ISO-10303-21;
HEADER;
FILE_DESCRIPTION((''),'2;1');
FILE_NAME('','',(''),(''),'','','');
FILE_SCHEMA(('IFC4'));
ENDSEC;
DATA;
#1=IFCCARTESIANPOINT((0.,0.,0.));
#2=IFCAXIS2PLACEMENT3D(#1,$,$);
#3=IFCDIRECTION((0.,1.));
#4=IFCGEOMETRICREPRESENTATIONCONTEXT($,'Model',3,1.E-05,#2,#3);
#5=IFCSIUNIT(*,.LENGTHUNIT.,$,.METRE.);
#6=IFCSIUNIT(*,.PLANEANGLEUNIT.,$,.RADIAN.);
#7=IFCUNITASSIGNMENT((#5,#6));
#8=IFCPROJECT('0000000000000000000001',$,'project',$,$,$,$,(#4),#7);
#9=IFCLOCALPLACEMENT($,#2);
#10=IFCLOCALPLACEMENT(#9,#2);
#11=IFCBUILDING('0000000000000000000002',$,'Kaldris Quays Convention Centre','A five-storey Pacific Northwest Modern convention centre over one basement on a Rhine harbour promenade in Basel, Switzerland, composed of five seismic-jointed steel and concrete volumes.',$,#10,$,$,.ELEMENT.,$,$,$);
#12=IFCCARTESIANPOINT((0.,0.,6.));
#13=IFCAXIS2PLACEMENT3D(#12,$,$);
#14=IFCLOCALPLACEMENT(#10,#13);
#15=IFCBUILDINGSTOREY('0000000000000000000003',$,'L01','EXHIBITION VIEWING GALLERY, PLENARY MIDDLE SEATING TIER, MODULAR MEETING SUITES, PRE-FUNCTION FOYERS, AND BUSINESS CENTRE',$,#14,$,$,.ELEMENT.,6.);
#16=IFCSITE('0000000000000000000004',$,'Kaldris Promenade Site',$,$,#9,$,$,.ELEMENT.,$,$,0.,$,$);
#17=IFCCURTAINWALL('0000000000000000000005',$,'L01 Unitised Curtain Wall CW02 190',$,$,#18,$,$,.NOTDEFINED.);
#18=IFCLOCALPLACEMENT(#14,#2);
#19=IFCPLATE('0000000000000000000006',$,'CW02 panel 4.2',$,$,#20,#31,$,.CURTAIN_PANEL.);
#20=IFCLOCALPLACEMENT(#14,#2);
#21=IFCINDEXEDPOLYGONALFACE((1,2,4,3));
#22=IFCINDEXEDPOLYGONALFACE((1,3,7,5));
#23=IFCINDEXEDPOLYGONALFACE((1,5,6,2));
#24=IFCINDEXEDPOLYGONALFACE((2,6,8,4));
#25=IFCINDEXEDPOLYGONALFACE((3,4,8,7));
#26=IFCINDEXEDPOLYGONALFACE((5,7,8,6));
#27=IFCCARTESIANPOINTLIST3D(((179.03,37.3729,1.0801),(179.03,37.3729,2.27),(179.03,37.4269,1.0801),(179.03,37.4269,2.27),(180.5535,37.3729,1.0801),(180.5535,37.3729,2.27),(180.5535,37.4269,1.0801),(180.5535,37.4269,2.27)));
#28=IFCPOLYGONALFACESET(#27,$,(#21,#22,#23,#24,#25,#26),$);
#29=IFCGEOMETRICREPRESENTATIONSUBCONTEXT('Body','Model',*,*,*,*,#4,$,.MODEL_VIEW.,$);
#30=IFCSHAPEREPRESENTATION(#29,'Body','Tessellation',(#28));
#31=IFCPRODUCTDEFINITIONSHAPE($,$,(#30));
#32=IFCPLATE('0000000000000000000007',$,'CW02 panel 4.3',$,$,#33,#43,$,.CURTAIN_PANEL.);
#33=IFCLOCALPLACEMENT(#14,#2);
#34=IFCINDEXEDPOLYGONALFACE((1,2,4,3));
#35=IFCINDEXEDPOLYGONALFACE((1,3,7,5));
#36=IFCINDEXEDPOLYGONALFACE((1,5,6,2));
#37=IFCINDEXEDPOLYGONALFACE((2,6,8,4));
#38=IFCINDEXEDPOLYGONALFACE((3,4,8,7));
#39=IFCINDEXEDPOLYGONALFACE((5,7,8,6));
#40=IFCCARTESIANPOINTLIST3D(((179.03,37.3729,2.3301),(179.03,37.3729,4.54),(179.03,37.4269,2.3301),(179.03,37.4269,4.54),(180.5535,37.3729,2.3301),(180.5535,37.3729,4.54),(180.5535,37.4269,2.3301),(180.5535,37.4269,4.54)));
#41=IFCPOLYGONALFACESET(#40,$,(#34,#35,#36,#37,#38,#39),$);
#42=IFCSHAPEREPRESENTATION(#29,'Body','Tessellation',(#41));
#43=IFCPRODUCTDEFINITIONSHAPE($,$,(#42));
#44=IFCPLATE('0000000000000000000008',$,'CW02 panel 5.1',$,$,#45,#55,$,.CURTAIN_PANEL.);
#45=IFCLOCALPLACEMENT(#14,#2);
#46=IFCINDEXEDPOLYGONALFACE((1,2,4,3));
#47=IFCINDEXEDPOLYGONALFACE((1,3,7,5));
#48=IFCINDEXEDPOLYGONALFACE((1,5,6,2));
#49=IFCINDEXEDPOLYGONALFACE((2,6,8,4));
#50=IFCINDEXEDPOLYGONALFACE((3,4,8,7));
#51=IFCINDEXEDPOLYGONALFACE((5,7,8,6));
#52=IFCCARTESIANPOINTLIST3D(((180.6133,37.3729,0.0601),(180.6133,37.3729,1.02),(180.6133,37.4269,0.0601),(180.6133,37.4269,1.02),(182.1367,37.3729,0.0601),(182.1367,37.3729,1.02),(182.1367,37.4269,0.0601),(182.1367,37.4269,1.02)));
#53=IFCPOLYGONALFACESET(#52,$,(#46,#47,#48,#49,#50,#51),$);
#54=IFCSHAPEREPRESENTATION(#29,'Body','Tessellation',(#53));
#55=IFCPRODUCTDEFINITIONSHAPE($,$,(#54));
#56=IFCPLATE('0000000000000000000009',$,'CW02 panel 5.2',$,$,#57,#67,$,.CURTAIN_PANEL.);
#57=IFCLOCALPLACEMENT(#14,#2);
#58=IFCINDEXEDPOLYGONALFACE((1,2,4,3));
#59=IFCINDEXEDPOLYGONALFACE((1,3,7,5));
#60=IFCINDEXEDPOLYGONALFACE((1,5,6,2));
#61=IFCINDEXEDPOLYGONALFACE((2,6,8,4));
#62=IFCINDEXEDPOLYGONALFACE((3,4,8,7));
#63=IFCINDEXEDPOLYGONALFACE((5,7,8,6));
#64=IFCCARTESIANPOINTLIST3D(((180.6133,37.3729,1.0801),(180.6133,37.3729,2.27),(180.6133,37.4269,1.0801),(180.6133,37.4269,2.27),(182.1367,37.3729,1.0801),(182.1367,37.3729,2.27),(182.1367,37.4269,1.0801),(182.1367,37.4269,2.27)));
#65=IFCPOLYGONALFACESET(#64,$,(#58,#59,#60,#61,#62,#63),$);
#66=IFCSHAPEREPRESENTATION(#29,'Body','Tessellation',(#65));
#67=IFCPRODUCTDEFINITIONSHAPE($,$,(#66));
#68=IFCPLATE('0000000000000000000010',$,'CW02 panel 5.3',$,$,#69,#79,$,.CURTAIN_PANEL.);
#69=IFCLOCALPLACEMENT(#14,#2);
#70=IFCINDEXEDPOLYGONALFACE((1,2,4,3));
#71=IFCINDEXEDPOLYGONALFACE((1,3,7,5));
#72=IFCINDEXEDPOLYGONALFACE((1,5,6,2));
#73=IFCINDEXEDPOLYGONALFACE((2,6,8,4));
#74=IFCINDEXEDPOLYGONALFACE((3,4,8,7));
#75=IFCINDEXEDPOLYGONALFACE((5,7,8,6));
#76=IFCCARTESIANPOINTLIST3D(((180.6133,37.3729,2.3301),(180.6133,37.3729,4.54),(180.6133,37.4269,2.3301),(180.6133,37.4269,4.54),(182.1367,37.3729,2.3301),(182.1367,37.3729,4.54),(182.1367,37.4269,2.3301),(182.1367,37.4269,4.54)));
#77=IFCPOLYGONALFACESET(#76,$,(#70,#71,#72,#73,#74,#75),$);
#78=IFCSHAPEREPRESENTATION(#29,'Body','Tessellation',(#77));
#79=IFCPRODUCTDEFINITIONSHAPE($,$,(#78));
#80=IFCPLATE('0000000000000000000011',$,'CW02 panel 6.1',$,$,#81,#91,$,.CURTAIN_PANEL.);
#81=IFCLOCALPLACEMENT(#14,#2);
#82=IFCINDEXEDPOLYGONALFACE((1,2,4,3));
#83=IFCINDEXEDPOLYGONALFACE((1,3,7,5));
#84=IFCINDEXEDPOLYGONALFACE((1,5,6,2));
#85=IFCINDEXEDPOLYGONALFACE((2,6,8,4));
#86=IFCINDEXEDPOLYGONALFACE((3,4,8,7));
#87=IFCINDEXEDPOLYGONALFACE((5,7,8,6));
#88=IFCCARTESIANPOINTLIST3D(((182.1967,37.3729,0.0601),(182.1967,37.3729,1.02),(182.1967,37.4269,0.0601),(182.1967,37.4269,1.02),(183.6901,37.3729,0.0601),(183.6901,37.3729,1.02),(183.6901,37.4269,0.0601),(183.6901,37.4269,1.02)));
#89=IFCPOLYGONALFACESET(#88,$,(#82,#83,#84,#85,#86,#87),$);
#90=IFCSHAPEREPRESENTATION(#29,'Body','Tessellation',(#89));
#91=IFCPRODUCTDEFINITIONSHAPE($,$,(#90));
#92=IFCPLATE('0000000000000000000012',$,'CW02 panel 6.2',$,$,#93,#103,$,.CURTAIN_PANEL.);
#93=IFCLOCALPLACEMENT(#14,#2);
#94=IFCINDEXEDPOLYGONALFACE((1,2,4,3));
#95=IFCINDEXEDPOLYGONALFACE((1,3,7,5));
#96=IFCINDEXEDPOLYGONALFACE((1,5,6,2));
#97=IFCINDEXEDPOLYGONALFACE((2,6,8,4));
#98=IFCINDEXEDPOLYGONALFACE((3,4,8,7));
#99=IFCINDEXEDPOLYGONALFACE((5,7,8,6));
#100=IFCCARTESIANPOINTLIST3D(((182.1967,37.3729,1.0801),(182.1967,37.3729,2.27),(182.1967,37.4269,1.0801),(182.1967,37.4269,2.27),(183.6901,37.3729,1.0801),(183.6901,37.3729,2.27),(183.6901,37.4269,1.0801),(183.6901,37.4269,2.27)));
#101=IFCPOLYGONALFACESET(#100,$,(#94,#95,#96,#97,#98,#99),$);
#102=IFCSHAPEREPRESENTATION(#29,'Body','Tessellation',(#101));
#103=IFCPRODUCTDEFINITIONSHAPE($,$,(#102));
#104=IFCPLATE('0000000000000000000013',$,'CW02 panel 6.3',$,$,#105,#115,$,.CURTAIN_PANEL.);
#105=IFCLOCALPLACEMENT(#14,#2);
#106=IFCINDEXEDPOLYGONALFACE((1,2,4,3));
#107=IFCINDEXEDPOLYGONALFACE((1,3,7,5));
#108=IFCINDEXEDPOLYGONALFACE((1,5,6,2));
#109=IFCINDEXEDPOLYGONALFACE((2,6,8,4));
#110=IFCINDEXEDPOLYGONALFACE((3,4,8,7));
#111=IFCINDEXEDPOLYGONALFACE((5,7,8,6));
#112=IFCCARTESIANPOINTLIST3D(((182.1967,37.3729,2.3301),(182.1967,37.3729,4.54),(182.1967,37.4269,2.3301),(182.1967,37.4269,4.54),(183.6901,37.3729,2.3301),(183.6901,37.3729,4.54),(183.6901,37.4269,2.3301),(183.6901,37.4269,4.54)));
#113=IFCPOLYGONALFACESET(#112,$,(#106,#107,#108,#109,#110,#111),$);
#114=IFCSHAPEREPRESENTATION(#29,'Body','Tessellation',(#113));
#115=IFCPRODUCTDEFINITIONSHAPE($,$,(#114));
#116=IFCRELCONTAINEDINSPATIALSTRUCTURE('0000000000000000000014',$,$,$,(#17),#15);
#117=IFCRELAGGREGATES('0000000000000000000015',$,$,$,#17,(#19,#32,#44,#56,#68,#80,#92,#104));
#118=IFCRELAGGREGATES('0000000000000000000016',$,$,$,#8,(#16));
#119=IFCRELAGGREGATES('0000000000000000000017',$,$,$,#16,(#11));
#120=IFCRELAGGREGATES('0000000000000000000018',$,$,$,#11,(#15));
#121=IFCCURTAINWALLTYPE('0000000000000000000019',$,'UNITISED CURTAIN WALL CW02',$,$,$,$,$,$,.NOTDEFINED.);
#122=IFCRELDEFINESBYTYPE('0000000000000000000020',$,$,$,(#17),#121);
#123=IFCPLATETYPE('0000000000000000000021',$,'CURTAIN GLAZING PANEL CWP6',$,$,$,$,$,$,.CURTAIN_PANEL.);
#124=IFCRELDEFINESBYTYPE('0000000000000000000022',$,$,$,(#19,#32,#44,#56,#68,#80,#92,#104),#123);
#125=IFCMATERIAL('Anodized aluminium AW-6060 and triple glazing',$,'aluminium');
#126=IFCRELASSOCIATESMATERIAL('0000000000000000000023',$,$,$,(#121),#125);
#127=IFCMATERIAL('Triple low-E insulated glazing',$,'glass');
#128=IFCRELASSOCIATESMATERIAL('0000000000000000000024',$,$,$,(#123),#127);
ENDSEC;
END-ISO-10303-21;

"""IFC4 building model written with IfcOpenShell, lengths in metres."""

from ifc_helpers import new_model, si_unit, direction, frame, origin, origin_2d, place, context, subcontext, project, spatial, rectangle, extrude, material, type_object, element, aggregate, save


model = new_model("IFC4")

# Units and contexts
model_context = context("Model", 3, precision=1e-05, world=origin(), true_north=direction((0.0, 1.0)))
body_context = subcontext(model_context, "Body", "Model", "MODEL_VIEW")
ifc_project = project(units=[si_unit("LENGTHUNIT", "METRE"), si_unit("PLANEANGLEUNIT", "RADIAN")], contexts=[model_context])

# Site, building, storey
site_placement = place(None, origin())
site = spatial("IfcSite", under=ifc_project, at=site_placement, Name="Kaldris Promenade Site", CompositionType="ELEMENT", RefElevation=0.0)
building_placement = place(site_placement, origin())
building = spatial("IfcBuilding", under=site, at=building_placement, Name="Kaldris Quays Convention Centre", Description="A five-storey Pacific Northwest Modern convention centre over one basement on a Rhine harbour promenade in Basel, Switzerland, composed of five seismic-jointed steel and concrete volumes.", CompositionType="ELEMENT")
storey_placement = place(building_placement, frame((0.0, 0.0, 6.0)))
storey = spatial("IfcBuildingStorey", under=building, at=storey_placement, Name="L01", Description="EXHIBITION VIEWING GALLERY, PLENARY MIDDLE SEATING TIER, MODULAR MEETING SUITES, PRE-FUNCTION FOYERS, AND BUSINESS CENTRE", CompositionType="ELEMENT", Elevation=6.0)

# Curtain wall
ifc_material_1 = material(Name="Anodized aluminium AW-6060 and triple glazing", Category="aluminium")
curtain_wall_type = type_object("IfcCurtainWallType", Name="UNITISED CURTAIN WALL CW02", PredefinedType="NOTDEFINED", material=ifc_material_1)
curtain_wall_1_placement = place(storey_placement, origin())
curtain_wall_1 = element("IfcCurtainWall", 1, at=curtain_wall_1_placement, inside=storey, type_object=curtain_wall_type, Name="L01 Unitised Curtain Wall CW02 190", PredefinedType="NOTDEFINED")

# Plates
ifc_material_2 = material(Name="Triple low-E insulated glazing", Category="glass")
plate_type = type_object("IfcPlateType", Name="CURTAIN GLAZING PANEL CWP6", PredefinedType="CURTAIN_PANEL", material=ifc_material_2)
plate_1_placement = place(storey_placement, frame((179.7917, 37.3999, 1.0801), z_axis=(0.0, 0.0, 1.0), x_axis=(1.0, 0.0, 0.0)))
plate_1 = element("IfcPlate", 2, at=plate_1_placement, type_object=plate_type, Name="CW02 panel 4.2", PredefinedType="CURTAIN_PANEL", context=body_context, shape_type="SweptSolid", body=[
    extrude(rectangle(XDim=1.5234, YDim=0.054, at=origin_2d()), origin(), (0.0, 0.0, 1.0), 1.1899),
])
plate_2_placement = place(storey_placement, frame((179.7917, 37.3999, 2.3301), z_axis=(0.0, 0.0, 1.0), x_axis=(1.0, 0.0, 0.0)))
plate_2 = element("IfcPlate", 3, at=plate_2_placement, type_object=plate_type, Name="CW02 panel 4.3", PredefinedType="CURTAIN_PANEL", context=body_context, shape_type="SweptSolid", body=[
    extrude(rectangle(XDim=1.5234, YDim=0.054, at=origin_2d()), origin(), (0.0, 0.0, 1.0), 2.21),
])
plate_3_placement = place(storey_placement, frame((181.375, 37.3999, 0.0601), z_axis=(0.0, 0.0, 1.0), x_axis=(1.0, 0.0, 0.0)))
plate_3 = element("IfcPlate", 4, at=plate_3_placement, type_object=plate_type, Name="CW02 panel 5.1", PredefinedType="CURTAIN_PANEL", context=body_context, shape_type="SweptSolid", body=[
    extrude(rectangle(XDim=1.5234, YDim=0.054, at=origin_2d()), origin(), (0.0, 0.0, 1.0), 0.96),
])
plate_4_placement = place(storey_placement, frame((181.375, 37.3999, 1.0801), z_axis=(0.0, 0.0, 1.0), x_axis=(1.0, 0.0, 0.0)))
plate_4 = element("IfcPlate", 5, at=plate_4_placement, type_object=plate_type, Name="CW02 panel 5.2", PredefinedType="CURTAIN_PANEL", context=body_context, shape_type="SweptSolid", body=[
    extrude(rectangle(XDim=1.5234, YDim=0.054, at=origin_2d()), origin(), (0.0, 0.0, 1.0), 1.1899),
])
plate_5_placement = place(storey_placement, frame((181.375, 37.3999, 2.3301), z_axis=(0.0, 0.0, 1.0), x_axis=(1.0, 0.0, 0.0)))
plate_5 = element("IfcPlate", 6, at=plate_5_placement, type_object=plate_type, Name="CW02 panel 5.3", PredefinedType="CURTAIN_PANEL", context=body_context, shape_type="SweptSolid", body=[
    extrude(rectangle(XDim=1.5234, YDim=0.054, at=origin_2d()), origin(), (0.0, 0.0, 1.0), 2.21),
])
plate_6_placement = place(storey_placement, frame((182.9434, 37.3999, 0.0601), z_axis=(0.0, 0.0, 1.0), x_axis=(1.0, 0.0, 0.0)))
plate_6 = element("IfcPlate", 7, at=plate_6_placement, type_object=plate_type, Name="CW02 panel 6.1", PredefinedType="CURTAIN_PANEL", context=body_context, shape_type="SweptSolid", body=[
    extrude(rectangle(XDim=1.4934, YDim=0.054, at=origin_2d()), origin(), (0.0, 0.0, 1.0), 0.96),
])
plate_7_placement = place(storey_placement, frame((182.9434, 37.3999, 1.0801), z_axis=(0.0, 0.0, 1.0), x_axis=(1.0, 0.0, 0.0)))
plate_7 = element("IfcPlate", 8, at=plate_7_placement, type_object=plate_type, Name="CW02 panel 6.2", PredefinedType="CURTAIN_PANEL", context=body_context, shape_type="SweptSolid", body=[
    extrude(rectangle(XDim=1.4934, YDim=0.054, at=origin_2d()), origin(), (0.0, 0.0, 1.0), 1.1899),
])
plate_8_placement = place(storey_placement, frame((182.9434, 37.3999, 2.3301), z_axis=(0.0, 0.0, 1.0), x_axis=(1.0, 0.0, 0.0)))
plate_8 = element("IfcPlate", 9, at=plate_8_placement, type_object=plate_type, Name="CW02 panel 6.3", PredefinedType="CURTAIN_PANEL", context=body_context, shape_type="SweptSolid", body=[
    extrude(rectangle(XDim=1.4934, YDim=0.054, at=origin_2d()), origin(), (0.0, 0.0, 1.0), 2.21),
])
aggregate(curtain_wall_1, [plate_1, plate_2, plate_3, plate_4, plate_5, plate_6, plate_7, plate_8])

save(model, "model.ifc")
